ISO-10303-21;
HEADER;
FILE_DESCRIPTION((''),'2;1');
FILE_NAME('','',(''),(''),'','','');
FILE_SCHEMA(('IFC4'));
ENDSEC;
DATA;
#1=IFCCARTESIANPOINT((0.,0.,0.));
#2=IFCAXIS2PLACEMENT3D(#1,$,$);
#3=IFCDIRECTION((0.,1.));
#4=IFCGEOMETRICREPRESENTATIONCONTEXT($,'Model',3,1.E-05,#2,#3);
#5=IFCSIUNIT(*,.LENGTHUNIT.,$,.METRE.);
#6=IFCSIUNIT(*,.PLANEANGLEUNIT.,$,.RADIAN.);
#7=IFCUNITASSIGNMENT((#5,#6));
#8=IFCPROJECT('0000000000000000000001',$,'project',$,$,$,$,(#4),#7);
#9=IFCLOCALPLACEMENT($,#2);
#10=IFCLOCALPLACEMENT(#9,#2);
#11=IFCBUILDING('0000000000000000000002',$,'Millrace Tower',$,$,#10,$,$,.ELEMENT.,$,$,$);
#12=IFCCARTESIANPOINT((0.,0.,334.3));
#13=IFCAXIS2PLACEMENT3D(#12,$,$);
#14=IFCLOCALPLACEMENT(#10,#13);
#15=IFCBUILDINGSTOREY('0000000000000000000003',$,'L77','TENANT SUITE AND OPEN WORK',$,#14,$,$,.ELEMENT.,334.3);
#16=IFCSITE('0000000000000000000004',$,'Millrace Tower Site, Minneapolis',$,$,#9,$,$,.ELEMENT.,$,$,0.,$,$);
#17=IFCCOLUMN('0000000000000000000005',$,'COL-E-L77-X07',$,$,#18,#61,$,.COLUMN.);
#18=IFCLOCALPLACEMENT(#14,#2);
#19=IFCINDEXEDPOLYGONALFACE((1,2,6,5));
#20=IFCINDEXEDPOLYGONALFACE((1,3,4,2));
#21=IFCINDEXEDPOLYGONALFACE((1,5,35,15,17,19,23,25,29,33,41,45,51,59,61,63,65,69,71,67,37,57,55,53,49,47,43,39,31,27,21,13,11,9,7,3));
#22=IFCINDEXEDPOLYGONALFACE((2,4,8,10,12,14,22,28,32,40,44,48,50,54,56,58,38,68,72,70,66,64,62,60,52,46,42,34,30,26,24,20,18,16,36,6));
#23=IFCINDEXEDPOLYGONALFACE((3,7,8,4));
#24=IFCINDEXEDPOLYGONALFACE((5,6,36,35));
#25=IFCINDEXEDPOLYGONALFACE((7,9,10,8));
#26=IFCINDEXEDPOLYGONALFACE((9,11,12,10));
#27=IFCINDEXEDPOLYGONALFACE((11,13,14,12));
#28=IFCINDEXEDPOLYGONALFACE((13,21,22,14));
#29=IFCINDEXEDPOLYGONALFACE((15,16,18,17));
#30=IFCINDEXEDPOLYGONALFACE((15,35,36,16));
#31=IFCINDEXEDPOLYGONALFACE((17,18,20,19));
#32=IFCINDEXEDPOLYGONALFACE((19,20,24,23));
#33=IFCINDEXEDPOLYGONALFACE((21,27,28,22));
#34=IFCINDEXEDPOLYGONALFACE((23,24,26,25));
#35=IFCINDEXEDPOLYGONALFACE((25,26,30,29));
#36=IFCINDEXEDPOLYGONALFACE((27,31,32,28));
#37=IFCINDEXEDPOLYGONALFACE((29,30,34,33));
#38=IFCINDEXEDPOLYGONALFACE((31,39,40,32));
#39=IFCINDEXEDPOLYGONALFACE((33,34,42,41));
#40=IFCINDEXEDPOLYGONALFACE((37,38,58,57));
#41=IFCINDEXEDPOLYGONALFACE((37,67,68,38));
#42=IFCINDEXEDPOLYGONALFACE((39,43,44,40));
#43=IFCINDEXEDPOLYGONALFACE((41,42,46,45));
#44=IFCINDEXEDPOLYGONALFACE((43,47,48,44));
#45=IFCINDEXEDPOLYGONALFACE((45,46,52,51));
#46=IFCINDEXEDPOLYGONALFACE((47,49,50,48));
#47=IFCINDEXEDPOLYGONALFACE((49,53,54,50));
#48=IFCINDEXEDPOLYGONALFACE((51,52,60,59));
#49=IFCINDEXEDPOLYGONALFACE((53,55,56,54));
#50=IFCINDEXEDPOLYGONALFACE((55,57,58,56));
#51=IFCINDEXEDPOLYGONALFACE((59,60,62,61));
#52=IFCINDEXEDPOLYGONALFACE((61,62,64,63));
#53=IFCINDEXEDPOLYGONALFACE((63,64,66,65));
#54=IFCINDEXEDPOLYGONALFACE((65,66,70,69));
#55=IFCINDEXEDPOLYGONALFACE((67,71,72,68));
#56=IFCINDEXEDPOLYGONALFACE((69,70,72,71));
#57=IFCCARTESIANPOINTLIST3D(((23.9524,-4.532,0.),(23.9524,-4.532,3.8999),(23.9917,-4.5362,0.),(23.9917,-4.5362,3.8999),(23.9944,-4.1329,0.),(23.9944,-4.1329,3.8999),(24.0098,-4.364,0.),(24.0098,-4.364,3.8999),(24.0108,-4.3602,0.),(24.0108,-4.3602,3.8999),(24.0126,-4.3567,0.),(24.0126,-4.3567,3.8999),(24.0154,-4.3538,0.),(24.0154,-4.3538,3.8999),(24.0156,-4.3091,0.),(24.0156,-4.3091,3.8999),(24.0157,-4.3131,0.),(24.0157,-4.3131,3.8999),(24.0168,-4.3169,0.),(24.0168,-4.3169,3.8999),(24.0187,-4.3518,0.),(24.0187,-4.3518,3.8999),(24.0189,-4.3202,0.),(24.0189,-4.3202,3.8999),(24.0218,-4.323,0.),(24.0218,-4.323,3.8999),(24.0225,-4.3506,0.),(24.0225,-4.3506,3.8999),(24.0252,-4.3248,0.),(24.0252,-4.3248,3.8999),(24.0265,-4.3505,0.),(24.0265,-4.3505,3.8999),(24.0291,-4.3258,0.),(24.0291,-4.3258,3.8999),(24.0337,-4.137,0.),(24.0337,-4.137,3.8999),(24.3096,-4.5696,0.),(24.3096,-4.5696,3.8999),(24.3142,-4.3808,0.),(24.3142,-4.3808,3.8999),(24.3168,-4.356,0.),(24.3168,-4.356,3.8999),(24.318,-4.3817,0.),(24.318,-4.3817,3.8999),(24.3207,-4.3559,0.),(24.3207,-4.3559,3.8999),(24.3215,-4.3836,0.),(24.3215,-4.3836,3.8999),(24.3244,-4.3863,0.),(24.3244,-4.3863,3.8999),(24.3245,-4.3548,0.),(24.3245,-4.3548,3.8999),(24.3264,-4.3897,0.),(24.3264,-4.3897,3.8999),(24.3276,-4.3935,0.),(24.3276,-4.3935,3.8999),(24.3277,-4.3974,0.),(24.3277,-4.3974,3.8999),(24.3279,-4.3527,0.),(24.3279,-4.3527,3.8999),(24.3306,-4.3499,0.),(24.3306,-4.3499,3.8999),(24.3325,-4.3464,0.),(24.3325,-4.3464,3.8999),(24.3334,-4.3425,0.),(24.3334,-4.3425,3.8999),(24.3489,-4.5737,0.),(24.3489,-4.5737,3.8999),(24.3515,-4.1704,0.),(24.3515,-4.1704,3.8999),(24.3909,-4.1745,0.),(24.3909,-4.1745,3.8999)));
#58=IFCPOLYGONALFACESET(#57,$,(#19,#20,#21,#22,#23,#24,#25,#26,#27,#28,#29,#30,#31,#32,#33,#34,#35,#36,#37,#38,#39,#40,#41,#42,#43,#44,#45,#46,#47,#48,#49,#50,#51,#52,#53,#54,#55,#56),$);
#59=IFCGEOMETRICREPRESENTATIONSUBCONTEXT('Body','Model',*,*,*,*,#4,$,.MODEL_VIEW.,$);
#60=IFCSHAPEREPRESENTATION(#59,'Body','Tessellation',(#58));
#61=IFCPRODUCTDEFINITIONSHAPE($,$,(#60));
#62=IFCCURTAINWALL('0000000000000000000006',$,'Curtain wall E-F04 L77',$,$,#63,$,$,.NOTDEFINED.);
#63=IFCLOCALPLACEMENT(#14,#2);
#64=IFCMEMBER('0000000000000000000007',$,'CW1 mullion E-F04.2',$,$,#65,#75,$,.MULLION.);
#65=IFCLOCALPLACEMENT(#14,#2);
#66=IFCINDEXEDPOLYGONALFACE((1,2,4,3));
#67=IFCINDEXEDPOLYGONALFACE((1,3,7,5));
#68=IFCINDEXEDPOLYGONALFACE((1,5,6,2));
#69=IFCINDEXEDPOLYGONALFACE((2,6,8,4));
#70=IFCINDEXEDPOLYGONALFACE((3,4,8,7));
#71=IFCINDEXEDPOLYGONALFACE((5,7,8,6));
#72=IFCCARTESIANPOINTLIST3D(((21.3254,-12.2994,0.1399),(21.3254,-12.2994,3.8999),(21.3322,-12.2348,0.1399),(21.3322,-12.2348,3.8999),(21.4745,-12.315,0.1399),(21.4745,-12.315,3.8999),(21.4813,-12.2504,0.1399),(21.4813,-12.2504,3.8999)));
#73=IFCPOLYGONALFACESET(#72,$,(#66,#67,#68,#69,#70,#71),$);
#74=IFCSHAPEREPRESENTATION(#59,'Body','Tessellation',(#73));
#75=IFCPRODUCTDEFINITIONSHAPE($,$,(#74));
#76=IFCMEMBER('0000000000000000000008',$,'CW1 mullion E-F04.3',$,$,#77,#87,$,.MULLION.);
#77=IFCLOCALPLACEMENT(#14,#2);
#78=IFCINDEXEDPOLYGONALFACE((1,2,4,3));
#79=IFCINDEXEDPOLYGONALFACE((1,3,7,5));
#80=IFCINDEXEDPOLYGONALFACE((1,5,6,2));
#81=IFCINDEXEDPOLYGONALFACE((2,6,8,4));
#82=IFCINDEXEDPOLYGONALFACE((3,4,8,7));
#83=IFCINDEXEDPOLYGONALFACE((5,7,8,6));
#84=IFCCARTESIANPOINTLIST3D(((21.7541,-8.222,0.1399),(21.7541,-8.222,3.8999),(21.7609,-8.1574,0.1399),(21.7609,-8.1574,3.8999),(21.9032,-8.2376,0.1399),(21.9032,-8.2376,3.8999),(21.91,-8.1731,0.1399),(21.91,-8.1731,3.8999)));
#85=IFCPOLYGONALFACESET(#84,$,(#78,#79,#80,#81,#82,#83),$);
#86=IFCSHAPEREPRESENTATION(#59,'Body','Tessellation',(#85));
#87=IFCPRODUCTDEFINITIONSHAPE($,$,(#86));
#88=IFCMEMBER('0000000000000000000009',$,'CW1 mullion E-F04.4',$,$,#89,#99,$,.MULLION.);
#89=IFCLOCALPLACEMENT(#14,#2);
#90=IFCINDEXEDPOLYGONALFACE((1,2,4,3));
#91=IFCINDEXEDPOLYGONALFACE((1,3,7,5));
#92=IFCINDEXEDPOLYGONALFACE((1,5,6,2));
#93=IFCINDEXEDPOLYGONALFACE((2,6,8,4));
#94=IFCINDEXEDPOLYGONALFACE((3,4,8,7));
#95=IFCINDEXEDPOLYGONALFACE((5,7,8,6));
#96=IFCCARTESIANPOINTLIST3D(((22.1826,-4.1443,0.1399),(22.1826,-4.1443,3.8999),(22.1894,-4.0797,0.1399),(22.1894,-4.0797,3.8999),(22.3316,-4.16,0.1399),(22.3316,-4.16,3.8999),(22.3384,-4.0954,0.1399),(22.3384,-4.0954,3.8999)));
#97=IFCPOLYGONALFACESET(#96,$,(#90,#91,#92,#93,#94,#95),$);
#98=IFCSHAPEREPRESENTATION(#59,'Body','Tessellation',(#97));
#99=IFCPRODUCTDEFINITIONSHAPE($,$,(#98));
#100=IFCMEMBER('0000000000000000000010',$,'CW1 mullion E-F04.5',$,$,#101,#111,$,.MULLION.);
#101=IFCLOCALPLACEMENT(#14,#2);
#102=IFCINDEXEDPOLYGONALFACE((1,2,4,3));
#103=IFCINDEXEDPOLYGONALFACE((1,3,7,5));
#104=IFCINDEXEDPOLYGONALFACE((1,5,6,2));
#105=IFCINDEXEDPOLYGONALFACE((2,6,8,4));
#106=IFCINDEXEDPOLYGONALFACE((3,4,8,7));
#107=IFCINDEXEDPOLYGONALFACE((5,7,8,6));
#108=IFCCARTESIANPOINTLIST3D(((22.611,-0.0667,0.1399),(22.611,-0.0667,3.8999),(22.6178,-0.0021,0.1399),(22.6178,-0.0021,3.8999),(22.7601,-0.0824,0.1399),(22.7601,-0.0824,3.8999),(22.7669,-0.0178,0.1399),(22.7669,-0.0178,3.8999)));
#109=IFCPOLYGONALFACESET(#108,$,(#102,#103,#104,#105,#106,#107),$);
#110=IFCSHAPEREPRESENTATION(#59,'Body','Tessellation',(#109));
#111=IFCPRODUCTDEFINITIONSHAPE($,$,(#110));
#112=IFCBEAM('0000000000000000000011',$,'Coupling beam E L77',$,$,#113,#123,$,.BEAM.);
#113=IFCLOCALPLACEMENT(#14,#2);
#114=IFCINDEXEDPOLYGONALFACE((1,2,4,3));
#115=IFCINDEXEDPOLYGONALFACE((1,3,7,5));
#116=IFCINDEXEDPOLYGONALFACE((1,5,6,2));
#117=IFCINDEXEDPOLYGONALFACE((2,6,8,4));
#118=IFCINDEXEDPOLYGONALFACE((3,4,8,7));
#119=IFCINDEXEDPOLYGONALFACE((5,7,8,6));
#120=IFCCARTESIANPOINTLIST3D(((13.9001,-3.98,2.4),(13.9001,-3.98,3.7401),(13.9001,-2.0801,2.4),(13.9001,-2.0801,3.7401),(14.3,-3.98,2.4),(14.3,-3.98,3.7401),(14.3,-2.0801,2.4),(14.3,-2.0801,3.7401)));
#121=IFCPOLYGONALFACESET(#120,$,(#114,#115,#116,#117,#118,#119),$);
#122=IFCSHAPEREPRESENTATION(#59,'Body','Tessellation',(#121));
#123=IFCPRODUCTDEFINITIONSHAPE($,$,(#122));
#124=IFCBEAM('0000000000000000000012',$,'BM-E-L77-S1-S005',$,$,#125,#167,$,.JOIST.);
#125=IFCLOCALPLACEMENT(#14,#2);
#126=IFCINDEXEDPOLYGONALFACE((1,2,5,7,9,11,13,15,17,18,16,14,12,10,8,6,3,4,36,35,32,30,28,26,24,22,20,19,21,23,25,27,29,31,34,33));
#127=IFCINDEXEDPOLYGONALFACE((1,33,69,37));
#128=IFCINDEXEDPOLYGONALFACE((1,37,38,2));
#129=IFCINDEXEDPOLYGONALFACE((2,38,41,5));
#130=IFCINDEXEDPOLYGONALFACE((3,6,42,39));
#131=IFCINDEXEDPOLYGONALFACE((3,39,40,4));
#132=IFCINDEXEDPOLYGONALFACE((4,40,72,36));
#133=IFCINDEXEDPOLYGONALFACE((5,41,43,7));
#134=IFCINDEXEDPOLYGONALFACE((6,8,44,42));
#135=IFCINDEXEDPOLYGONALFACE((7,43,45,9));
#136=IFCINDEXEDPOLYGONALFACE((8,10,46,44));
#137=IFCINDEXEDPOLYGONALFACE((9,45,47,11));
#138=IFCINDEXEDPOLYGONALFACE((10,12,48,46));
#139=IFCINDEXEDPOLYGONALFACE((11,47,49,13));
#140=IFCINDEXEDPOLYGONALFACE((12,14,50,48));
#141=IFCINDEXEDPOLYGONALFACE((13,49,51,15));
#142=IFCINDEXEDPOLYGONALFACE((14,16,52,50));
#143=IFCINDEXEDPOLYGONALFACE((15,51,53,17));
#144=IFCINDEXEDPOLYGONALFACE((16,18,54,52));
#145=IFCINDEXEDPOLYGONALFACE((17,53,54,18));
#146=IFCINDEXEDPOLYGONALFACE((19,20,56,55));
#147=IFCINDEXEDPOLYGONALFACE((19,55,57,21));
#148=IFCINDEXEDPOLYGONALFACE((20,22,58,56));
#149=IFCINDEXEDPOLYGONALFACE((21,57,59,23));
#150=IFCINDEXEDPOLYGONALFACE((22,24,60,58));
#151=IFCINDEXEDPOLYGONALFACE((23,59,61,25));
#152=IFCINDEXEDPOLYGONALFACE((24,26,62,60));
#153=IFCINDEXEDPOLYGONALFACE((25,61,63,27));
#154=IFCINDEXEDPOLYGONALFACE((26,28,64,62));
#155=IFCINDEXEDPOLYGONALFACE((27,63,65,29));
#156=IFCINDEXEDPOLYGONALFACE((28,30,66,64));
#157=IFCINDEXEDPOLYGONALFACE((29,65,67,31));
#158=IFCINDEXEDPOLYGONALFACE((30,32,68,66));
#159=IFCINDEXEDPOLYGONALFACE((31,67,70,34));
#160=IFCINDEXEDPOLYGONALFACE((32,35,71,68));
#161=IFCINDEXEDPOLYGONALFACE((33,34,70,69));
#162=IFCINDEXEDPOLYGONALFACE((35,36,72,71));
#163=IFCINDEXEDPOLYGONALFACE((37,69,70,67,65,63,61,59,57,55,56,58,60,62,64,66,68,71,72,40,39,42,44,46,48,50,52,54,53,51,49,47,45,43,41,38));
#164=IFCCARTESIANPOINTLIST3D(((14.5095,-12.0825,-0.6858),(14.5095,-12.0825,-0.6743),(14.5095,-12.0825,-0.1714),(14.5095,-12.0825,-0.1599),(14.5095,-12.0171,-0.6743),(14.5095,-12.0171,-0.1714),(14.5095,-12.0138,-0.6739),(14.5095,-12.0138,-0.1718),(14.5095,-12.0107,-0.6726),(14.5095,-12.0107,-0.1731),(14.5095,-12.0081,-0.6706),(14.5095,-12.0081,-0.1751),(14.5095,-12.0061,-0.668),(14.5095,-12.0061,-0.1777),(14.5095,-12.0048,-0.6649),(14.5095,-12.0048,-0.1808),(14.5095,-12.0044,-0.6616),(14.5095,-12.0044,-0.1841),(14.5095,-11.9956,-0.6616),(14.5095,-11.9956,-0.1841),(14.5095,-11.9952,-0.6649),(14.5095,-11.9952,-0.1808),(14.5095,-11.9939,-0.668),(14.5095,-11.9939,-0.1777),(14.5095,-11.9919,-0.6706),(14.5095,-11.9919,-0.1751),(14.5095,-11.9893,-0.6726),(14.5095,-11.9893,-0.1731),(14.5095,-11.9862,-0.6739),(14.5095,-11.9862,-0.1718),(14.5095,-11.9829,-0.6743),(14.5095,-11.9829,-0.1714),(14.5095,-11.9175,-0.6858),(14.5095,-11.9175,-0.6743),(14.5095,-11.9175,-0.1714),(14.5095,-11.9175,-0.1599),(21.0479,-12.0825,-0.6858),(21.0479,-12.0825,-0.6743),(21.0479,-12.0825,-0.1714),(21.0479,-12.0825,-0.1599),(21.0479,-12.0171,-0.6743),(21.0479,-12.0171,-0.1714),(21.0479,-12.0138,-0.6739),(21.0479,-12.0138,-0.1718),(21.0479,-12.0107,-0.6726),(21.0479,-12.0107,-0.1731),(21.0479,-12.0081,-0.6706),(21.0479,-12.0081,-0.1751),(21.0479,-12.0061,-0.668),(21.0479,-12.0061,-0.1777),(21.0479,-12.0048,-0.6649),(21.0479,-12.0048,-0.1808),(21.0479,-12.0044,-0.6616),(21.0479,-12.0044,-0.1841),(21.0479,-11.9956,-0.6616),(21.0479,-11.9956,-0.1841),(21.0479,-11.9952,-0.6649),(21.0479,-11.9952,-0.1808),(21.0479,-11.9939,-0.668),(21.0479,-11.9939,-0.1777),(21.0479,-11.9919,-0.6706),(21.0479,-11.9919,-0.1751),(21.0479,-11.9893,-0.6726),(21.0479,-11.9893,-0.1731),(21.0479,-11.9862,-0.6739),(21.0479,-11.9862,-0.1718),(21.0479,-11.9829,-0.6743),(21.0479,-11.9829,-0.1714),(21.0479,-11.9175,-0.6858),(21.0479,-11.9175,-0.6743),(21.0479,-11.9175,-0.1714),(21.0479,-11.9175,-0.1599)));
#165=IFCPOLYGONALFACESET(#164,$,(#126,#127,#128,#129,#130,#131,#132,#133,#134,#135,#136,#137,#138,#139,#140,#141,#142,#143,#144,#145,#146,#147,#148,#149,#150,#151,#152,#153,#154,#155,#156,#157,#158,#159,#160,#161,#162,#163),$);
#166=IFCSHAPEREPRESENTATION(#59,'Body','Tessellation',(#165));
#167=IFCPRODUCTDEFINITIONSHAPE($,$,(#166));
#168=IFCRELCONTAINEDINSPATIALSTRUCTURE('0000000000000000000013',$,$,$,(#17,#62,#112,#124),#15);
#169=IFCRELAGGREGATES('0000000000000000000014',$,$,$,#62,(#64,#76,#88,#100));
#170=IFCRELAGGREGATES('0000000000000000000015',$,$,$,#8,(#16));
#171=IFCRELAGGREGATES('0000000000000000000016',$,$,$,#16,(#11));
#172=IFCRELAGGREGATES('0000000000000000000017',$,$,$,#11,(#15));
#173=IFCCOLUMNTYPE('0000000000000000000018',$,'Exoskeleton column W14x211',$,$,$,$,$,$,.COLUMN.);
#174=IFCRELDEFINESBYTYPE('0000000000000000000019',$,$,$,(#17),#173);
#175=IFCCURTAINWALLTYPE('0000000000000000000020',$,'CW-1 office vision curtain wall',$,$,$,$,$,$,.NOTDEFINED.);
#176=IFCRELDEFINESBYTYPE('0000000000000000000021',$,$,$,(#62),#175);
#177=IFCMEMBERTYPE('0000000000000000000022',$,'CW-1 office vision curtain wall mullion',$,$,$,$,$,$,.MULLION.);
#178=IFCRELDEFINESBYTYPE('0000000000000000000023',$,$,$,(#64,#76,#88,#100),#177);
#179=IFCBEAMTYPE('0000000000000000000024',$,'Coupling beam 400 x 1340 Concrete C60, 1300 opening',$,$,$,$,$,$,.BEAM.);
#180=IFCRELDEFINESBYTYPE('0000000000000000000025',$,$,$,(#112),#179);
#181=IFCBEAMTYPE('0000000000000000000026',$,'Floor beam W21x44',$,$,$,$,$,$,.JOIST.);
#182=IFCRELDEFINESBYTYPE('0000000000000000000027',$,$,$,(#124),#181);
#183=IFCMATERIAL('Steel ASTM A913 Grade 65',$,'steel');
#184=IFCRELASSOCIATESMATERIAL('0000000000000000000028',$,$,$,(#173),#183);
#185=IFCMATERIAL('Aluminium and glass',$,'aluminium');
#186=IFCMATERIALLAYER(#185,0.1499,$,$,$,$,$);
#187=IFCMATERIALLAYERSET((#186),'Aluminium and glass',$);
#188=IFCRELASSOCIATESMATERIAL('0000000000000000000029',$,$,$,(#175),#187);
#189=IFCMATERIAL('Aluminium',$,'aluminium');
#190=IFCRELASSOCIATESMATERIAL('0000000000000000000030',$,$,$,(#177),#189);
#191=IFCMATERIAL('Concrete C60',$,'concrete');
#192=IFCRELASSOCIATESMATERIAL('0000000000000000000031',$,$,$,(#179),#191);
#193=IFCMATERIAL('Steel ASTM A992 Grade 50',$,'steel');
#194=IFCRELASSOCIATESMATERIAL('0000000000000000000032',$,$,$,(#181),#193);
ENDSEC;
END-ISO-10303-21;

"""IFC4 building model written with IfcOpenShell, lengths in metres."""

from ifc_helpers import new_model, si_unit, direction, frame, origin, origin_2d, place, context, subcontext, project, spatial, rectangle, i_section, extrude, material, layer, layer_set, material_profile, profile_set, type_object, element, aggregate, save


model = new_model("IFC4")

# Units and contexts
model_context = context("Model", 3, precision=1e-05, world=origin(), true_north=direction((0.0, 1.0)))
body_context = subcontext(model_context, "Body", "Model", "MODEL_VIEW")
ifc_project = project(units=[si_unit("LENGTHUNIT", "METRE"), si_unit("PLANEANGLEUNIT", "RADIAN")], contexts=[model_context])

# Site, building, storey
site_placement = place(None, origin())
site = spatial("IfcSite", under=ifc_project, at=site_placement, Name="Millrace Tower Site, Minneapolis", CompositionType="ELEMENT", RefElevation=0.0)
building_placement = place(site_placement, origin())
building = spatial("IfcBuilding", under=site, at=building_placement, Name="Millrace Tower", CompositionType="ELEMENT")
storey_placement = place(building_placement, frame((0.0, 0.0, 334.3)))
storey = spatial("IfcBuildingStorey", under=building, at=storey_placement, Name="L77", Description="TENANT SUITE AND OPEN WORK", CompositionType="ELEMENT", Elevation=334.3)

# Column
ifc_material_1 = material(Name="Steel ASTM A913 Grade 65", Category="steel")
ifc_material_profile_1 = material_profile(ifc_material_1, i_section(OverallWidth=0.4014, OverallDepth=0.3987, WebThickness=0.0249, FlangeThickness=0.0396, FilletRadius=0.0151, at=origin_2d()))
ifc_profile_set_1 = profile_set([ifc_material_profile_1], Name="Steel ASTM A913 Grade 65")
column_type = type_object("IfcColumnType", Name="Exoskeleton column W14x211", PredefinedType="COLUMN", material=ifc_profile_set_1)
column_placement = place(storey_placement, frame((24.1716, -4.3533, 0.0), z_axis=(0.0, 0.0, 1.0), x_axis=(0.104528, 0.994522, 0.0)))
element("IfcColumn", 1, at=column_placement, inside=storey, type_object=column_type, Name="COL-E-L77-X07", PredefinedType="COLUMN", context=body_context, shape_type="SweptSolid", body=[
    extrude(i_section(OverallWidth=0.4014, OverallDepth=0.3987, WebThickness=0.0249, FlangeThickness=0.0396, FilletRadius=0.0151, at=origin_2d()), origin(), (0.0, 0.0, 1.0), 3.8999),
])

# Curtain wall, members
ifc_material_2 = material(Name="Aluminium and glass", Category="aluminium")
ifc_layer_1 = layer(ifc_material_2, 0.1499)
ifc_layer_set_1 = layer_set([ifc_layer_1], Name="Aluminium and glass")
curtain_wall_type = type_object("IfcCurtainWallType", Name="CW-1 office vision curtain wall", PredefinedType="NOTDEFINED", material=ifc_layer_set_1)
placement = place(storey_placement, origin())
curtain_wall = element("IfcCurtainWall", 2, at=placement, inside=storey, type_object=curtain_wall_type, Name="Curtain wall E-F04 L77", PredefinedType="NOTDEFINED")
ifc_material_3 = material(Name="Aluminium", Category="aluminium")
ifc_material_profile_2 = material_profile(ifc_material_3, rectangle(XDim=0.0649, YDim=0.1499, at=origin_2d()))
ifc_profile_set_2 = profile_set([ifc_material_profile_2], Name="Aluminium")
member_type = type_object("IfcMemberType", Name="CW-1 office vision curtain wall mullion", PredefinedType="MULLION", material=ifc_profile_set_2)
member_1_placement = place(storey_placement, frame((21.4033, -12.2749, 0.1399), z_axis=(0.0, 0.0, 1.0), x_axis=(0.104528, 0.994522, 0.0)))
member_1 = element("IfcMember", 3, at=member_1_placement, type_object=member_type, Name="CW1 mullion E-F04.2", PredefinedType="MULLION", context=body_context, shape_type="SweptSolid", body=[
    extrude(rectangle(XDim=0.0649, YDim=0.1499, at=origin_2d()), origin(), (0.0, 0.0, 1.0), 3.76),
])
member_2_placement = place(storey_placement, frame((21.832, -8.1975, 0.1399), z_axis=(0.0, 0.0, 1.0), x_axis=(0.104528, 0.994522, 0.0)))
member_2 = element("IfcMember", 4, at=member_2_placement, type_object=member_type, Name="CW1 mullion E-F04.3", PredefinedType="MULLION", context=body_context, shape_type="SweptSolid", body=[
    extrude(rectangle(XDim=0.0649, YDim=0.1499, at=origin_2d()), origin(), (0.0, 0.0, 1.0), 3.76),
])
member_3_placement = place(storey_placement, frame((22.2605, -4.1199, 0.1399), z_axis=(0.0, 0.0, 1.0), x_axis=(0.104528, 0.994522, 0.0)))
member_3 = element("IfcMember", 5, at=member_3_placement, type_object=member_type, Name="CW1 mullion E-F04.4", PredefinedType="MULLION", context=body_context, shape_type="SweptSolid", body=[
    extrude(rectangle(XDim=0.0649, YDim=0.1499, at=origin_2d()), origin(), (0.0, 0.0, 1.0), 3.76),
])
member_4_placement = place(storey_placement, frame((22.689, -0.0422, 0.1399), z_axis=(0.0, 0.0, 1.0), x_axis=(0.104528, 0.994522, 0.0)))
member_4 = element("IfcMember", 6, at=member_4_placement, type_object=member_type, Name="CW1 mullion E-F04.5", PredefinedType="MULLION", context=body_context, shape_type="SweptSolid", body=[
    extrude(rectangle(XDim=0.0649, YDim=0.1499, at=origin_2d()), origin(), (0.0, 0.0, 1.0), 3.76),
])
aggregate(curtain_wall, [member_1, member_2, member_3, member_4])

# Beams
ifc_material_4 = material(Name="Concrete C60", Category="concrete")
ifc_material_profile_3 = material_profile(ifc_material_4, rectangle(XDim=0.3999, YDim=1.3401, at=origin_2d()))
ifc_profile_set_3 = profile_set([ifc_material_profile_3], Name="Concrete C60")
beam_type_1 = type_object("IfcBeamType", Name="Coupling beam 400 x 1340 Concrete C60, 1300 opening", PredefinedType="BEAM", material=ifc_profile_set_3)
beam_1_placement = place(storey_placement, frame((14.1001, -2.0801, 3.0701), z_axis=(0.0, -1.0, 0.0), x_axis=(1.0, 0.0, 0.0)))
element("IfcBeam", 7, at=beam_1_placement, inside=storey, type_object=beam_type_1, Name="Coupling beam E L77", PredefinedType="BEAM", context=body_context, shape_type="SweptSolid", body=[
    extrude(rectangle(XDim=0.3999, YDim=1.3401, at=origin_2d()), origin(), (0.0, 0.0, 1.0), 1.8999),
])
ifc_material_5 = material(Name="Steel ASTM A992 Grade 50", Category="steel")
ifc_material_profile_4 = material_profile(ifc_material_5, i_section(OverallWidth=0.165, OverallDepth=0.5259, WebThickness=0.0088, FlangeThickness=0.0115, FilletRadius=0.0127, at=origin_2d()))
ifc_profile_set_4 = profile_set([ifc_material_profile_4], Name="Steel ASTM A992 Grade 50")
beam_type_2 = type_object("IfcBeamType", Name="Floor beam W21x44", PredefinedType="JOIST", material=ifc_profile_set_4)
beam_2_placement = place(storey_placement, frame((14.5095, -12.0, -0.4229), z_axis=(1.0, 0.0, 0.0), x_axis=(0.0, 1.0, 0.0)))
element("IfcBeam", 8, at=beam_2_placement, inside=storey, type_object=beam_type_2, Name="BM-E-L77-S1-S005", PredefinedType="JOIST", context=body_context, shape_type="SweptSolid", body=[
    extrude(i_section(OverallWidth=0.165, OverallDepth=0.5259, WebThickness=0.0088, FlangeThickness=0.0115, FilletRadius=0.0127, at=origin_2d()), origin(), (0.0, 0.0, 1.0), 6.5383),
])

save(model, "model.ifc")
